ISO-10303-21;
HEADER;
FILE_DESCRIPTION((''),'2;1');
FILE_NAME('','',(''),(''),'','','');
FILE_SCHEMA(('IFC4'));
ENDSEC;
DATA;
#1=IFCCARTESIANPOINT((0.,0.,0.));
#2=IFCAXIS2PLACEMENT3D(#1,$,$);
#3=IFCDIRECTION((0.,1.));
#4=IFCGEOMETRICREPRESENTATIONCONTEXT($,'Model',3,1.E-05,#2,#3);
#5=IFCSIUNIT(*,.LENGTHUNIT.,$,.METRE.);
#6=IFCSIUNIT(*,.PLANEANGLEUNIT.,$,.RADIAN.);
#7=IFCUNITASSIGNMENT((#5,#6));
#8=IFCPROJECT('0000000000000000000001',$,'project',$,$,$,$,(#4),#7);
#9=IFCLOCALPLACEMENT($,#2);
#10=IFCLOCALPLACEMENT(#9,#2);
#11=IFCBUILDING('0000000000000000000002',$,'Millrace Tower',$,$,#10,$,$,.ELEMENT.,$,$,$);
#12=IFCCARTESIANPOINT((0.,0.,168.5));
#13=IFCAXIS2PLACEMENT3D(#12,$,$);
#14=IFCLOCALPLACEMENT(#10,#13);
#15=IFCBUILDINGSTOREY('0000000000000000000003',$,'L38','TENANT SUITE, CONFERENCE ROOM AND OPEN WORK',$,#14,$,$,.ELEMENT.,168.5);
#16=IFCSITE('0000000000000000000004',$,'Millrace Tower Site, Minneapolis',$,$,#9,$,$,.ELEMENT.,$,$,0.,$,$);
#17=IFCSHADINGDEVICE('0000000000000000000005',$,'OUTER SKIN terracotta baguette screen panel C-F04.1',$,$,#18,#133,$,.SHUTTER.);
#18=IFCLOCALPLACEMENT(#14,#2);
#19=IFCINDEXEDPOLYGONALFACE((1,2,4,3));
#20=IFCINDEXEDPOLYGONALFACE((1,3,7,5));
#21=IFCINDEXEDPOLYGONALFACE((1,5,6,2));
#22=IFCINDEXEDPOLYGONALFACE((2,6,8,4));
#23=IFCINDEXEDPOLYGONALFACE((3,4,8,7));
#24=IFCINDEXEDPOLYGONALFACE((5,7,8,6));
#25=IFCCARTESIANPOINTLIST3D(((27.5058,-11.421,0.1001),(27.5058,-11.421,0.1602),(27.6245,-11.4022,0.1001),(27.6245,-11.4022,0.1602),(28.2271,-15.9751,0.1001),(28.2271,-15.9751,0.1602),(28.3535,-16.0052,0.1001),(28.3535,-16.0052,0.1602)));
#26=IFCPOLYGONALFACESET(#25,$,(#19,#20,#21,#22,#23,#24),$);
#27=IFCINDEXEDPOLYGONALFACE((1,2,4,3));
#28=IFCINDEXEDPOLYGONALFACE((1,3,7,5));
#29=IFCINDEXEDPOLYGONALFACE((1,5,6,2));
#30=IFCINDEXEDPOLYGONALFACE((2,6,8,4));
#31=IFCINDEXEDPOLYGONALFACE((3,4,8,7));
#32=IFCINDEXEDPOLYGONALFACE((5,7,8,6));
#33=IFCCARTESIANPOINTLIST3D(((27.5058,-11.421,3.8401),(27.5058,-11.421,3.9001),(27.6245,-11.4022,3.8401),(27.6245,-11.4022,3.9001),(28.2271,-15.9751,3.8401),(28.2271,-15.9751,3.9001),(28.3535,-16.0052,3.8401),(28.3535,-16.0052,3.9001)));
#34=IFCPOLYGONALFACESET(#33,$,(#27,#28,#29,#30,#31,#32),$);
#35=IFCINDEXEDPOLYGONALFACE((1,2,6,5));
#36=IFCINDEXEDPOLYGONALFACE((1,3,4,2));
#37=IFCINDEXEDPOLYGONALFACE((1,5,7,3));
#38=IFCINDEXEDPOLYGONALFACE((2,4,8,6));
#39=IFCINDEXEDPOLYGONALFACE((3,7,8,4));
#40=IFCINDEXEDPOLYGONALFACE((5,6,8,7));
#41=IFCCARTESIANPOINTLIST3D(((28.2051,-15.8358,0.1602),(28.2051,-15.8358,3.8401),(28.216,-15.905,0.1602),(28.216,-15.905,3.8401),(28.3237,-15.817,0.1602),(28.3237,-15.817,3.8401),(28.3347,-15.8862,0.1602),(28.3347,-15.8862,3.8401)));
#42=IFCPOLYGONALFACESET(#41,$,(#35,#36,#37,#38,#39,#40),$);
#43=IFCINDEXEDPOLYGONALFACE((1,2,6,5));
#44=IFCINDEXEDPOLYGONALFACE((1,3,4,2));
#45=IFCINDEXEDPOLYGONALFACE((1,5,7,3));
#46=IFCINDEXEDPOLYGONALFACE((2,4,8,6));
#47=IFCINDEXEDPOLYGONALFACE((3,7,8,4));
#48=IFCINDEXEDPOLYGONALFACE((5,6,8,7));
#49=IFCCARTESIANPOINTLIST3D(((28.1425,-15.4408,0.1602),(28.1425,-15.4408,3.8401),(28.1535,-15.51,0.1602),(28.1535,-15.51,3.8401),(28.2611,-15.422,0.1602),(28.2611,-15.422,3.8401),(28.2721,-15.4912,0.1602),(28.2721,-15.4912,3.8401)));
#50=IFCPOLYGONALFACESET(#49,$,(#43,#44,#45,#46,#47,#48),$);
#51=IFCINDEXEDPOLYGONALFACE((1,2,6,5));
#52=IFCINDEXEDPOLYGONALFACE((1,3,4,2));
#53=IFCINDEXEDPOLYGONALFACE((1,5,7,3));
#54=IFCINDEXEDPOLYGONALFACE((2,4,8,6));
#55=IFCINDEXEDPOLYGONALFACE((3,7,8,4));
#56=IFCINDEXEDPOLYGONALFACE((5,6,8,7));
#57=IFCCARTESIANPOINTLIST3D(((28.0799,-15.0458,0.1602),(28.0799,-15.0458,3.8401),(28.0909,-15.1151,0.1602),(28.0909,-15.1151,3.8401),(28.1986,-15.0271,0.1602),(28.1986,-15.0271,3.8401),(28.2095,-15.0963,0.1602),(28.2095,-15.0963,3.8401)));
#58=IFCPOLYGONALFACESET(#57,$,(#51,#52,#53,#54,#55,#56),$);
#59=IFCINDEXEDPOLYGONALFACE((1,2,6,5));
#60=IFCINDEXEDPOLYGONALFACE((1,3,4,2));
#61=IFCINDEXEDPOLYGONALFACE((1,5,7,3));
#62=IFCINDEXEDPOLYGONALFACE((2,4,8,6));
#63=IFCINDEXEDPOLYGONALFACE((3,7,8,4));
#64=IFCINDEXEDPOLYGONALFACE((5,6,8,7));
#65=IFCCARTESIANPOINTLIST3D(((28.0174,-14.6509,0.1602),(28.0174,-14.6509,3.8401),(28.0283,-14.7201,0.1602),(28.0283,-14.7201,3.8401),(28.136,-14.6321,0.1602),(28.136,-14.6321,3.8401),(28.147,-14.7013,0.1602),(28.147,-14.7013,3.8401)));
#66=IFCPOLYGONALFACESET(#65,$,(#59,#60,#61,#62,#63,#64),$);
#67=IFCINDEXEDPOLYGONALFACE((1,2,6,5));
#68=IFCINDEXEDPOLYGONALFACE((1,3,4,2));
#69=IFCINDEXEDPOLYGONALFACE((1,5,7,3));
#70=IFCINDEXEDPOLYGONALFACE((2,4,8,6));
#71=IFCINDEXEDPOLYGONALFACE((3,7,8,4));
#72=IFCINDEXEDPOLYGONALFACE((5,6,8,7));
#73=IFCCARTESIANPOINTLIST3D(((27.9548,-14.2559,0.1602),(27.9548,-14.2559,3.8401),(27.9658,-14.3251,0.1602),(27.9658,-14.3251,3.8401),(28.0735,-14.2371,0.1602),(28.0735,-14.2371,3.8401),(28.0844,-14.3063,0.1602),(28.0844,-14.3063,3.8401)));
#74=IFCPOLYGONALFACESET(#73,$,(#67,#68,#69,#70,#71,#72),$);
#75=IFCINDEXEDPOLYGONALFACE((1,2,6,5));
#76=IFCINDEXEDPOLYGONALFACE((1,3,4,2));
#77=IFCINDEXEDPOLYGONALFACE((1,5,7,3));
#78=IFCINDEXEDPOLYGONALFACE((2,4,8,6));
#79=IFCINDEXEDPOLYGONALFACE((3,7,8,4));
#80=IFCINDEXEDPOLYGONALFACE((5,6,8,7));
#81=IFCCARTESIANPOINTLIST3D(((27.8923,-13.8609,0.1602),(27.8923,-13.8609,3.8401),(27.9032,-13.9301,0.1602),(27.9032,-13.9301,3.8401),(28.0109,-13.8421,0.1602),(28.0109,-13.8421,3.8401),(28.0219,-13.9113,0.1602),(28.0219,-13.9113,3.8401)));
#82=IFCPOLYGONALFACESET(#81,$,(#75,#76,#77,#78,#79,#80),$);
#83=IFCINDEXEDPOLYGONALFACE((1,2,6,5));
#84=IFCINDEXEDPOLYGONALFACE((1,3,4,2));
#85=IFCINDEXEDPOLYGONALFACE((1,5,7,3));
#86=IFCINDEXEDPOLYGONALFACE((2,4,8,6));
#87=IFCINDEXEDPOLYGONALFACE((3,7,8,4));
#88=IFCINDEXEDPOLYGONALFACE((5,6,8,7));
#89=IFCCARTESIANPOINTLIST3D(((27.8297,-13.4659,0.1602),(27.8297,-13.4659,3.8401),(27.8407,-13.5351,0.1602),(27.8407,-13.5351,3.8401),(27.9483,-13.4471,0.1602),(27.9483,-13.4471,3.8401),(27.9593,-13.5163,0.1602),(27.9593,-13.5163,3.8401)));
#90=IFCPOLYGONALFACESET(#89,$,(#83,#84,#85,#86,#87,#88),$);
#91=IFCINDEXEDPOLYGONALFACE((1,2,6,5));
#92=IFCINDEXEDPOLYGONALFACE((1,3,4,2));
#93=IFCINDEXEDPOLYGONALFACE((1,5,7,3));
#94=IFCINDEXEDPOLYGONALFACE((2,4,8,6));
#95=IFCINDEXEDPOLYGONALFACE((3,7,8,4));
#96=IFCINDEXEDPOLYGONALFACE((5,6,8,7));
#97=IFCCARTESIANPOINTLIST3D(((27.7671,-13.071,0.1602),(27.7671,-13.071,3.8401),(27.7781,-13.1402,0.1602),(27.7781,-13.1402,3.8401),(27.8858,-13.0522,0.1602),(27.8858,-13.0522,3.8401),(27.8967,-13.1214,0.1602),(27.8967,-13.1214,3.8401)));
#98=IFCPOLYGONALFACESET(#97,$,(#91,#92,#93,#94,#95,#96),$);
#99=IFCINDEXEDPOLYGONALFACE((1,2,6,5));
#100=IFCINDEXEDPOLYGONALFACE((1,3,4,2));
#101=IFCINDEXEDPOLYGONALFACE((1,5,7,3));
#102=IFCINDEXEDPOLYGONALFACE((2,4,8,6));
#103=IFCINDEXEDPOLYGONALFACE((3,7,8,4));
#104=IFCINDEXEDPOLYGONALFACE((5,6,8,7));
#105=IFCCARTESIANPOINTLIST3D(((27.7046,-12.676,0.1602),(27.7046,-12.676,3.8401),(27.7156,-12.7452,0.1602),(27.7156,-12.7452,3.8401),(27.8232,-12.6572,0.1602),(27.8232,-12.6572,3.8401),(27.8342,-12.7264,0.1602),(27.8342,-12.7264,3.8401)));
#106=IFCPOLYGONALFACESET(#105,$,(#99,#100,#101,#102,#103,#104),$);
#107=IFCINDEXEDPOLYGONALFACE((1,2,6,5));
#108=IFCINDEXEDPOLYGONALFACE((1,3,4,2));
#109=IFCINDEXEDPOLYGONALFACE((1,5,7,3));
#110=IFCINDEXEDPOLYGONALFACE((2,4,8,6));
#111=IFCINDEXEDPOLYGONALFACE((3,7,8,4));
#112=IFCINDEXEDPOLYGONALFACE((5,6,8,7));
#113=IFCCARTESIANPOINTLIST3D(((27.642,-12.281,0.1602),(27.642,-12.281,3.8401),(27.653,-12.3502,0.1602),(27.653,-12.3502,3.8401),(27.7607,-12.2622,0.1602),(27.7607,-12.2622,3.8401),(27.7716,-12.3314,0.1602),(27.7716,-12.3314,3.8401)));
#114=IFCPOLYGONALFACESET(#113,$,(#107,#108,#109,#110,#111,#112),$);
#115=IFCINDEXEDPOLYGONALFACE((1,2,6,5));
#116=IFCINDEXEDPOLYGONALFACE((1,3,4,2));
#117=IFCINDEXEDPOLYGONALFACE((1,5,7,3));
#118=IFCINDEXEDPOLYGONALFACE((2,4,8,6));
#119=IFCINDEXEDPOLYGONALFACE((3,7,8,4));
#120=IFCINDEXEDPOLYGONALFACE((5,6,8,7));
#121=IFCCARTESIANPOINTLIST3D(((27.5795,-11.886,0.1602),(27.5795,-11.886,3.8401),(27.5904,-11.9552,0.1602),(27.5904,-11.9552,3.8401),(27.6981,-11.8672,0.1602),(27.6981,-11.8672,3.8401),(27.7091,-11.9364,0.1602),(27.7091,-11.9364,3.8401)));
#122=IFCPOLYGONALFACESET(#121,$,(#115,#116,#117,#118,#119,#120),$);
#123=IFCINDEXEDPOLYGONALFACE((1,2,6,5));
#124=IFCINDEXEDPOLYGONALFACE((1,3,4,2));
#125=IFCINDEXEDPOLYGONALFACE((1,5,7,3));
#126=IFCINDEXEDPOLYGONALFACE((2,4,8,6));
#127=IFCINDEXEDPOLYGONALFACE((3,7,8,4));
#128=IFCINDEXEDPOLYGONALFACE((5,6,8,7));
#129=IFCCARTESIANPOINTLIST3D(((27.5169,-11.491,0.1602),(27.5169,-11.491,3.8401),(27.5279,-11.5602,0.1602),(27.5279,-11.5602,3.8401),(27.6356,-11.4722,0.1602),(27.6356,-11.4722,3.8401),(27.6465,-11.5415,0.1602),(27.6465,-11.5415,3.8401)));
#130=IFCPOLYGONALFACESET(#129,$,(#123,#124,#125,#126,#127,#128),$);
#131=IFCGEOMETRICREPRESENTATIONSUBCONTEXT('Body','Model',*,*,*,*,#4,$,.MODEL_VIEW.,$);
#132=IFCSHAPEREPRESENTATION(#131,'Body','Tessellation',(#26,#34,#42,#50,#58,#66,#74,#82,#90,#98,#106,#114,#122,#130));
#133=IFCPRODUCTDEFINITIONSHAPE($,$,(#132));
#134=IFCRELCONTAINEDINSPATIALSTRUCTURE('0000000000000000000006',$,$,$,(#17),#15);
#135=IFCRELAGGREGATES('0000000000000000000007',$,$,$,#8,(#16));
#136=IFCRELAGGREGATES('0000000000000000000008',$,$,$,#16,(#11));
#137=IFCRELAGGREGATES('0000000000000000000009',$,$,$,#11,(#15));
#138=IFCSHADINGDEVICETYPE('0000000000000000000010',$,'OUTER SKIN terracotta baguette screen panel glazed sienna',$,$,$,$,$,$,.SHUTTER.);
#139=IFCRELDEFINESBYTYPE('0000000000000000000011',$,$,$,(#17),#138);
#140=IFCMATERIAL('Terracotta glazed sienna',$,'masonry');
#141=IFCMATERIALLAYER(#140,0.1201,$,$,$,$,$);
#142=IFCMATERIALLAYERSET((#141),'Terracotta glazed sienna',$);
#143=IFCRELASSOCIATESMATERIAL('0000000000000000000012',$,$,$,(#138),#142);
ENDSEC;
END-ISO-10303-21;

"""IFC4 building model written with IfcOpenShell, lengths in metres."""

from ifc_helpers import new_model, entity, si_unit, direction, frame, frame_2d, origin, place, context, subcontext, project, spatial, rectangle, extrude, source, transform, mapped, material, layer, layer_set, type_object, element, save


model = new_model("IFC4")

# Units and contexts
model_context = context("Model", 3, precision=1e-05, world=origin(), true_north=direction((0.0, 1.0)))
body_context = subcontext(model_context, "Body", "Model", "MODEL_VIEW")
ifc_project = project(units=[si_unit("LENGTHUNIT", "METRE"), si_unit("PLANEANGLEUNIT", "RADIAN")], contexts=[model_context])

# Site, building, storey
site_placement = place(None, origin())
site = spatial("IfcSite", under=ifc_project, at=site_placement, Name="Millrace Tower Site, Minneapolis", CompositionType="ELEMENT", RefElevation=0.0)
building_placement = place(site_placement, origin())
building = spatial("IfcBuilding", under=site, at=building_placement, Name="Millrace Tower", CompositionType="ELEMENT")
storey_placement = place(building_placement, frame((0.0, 0.0, 168.5)))
storey = spatial("IfcBuildingStorey", under=building, at=storey_placement, Name="L38", Description="TENANT SUITE, CONFERENCE ROOM AND OPEN WORK", CompositionType="ELEMENT", Elevation=168.5)

# Shading device
ifc_material_1 = material(Name="Terracotta glazed sienna", Category="masonry")
ifc_layer_1 = layer(ifc_material_1, 0.1201)
ifc_layer_set_1 = layer_set([ifc_layer_1], Name="Terracotta glazed sienna")
shading_device_type = type_object("IfcShadingDeviceType", Name="OUTER SKIN terracotta baguette screen panel glazed sienna", PredefinedType="SHUTTER", material=ifc_layer_set_1)
cartesian_point_1 = entity("IfcCartesianPoint", [-2.293, 0.0601])
shared_polyline_1 = entity("IfcPolyline", [cartesian_point_1, entity("IfcCartesianPoint", [2.3179, 0.0601]), entity("IfcCartesianPoint", [2.3179, -0.0601]), entity("IfcCartesianPoint", [-2.3425, -0.0601]), cartesian_point_1])
shared_shape_1 = source(origin(), body_context, "Body", "SweptSolid", [
    entity("IfcExtrudedAreaSolid", entity("IfcArbitraryClosedProfileDef", "AREA", None, shared_polyline_1), entity("IfcAxis2Placement3D", entity("IfcCartesianPoint", [0.0, 0.0, 0.0])), entity("IfcDirection", [0.0, 0.0, 1.0]), 0.0601),
    entity("IfcExtrudedAreaSolid", entity("IfcArbitraryClosedProfileDef", "AREA", None, shared_polyline_1), entity("IfcAxis2Placement3D", entity("IfcCartesianPoint", [0.0, 0.0, 3.74])), entity("IfcDirection", [0.0, 0.0, 1.0]), 0.0601),
    extrude(rectangle(XDim=0.0701, YDim=0.1201, at=frame_2d((-2.187, 0.0))), frame((0.0, 0.0, 0.0601)), (0.0, 0.0, 1.0), 3.6799),
    extrude(rectangle(XDim=0.0701, YDim=0.1201, at=frame_2d((-1.7871, 0.0))), frame((0.0, 0.0, 0.0601)), (0.0, 0.0, 1.0), 3.6799),
    extrude(rectangle(XDim=0.0701, YDim=0.1201, at=frame_2d((-1.3872, 0.0))), frame((0.0, 0.0, 0.0601)), (0.0, 0.0, 1.0), 3.6799),
    extrude(rectangle(XDim=0.0701, YDim=0.1201, at=frame_2d((-0.9873, 0.0))), frame((0.0, 0.0, 0.0601)), (0.0, 0.0, 1.0), 3.6799),
    extrude(rectangle(XDim=0.0701, YDim=0.1201, at=frame_2d((-0.5874, 0.0))), frame((0.0, 0.0, 0.0601)), (0.0, 0.0, 1.0), 3.6799),
    extrude(rectangle(XDim=0.0701, YDim=0.1201, at=frame_2d((-0.1875, 0.0))), frame((0.0, 0.0, 0.0601)), (0.0, 0.0, 1.0), 3.6799),
    extrude(rectangle(XDim=0.0701, YDim=0.1201, at=frame_2d((0.2124, 0.0))), frame((0.0, 0.0, 0.0601)), (0.0, 0.0, 1.0), 3.6799),
    extrude(rectangle(XDim=0.0701, YDim=0.1201, at=frame_2d((0.6123, 0.0))), frame((0.0, 0.0, 0.0601)), (0.0, 0.0, 1.0), 3.6799),
    extrude(rectangle(XDim=0.0701, YDim=0.1201, at=frame_2d((1.0122, 0.0))), frame((0.0, 0.0, 0.0601)), (0.0, 0.0, 1.0), 3.6799),
    extrude(rectangle(XDim=0.0701, YDim=0.1201, at=frame_2d((1.4121, 0.0))), frame((0.0, 0.0, 0.0601)), (0.0, 0.0, 1.0), 3.6799),
    extrude(rectangle(XDim=0.0701, YDim=0.1201, at=frame_2d((1.812, 0.0))), frame((0.0, 0.0, 0.0601)), (0.0, 0.0, 1.0), 3.6799),
    extrude(rectangle(XDim=0.0701, YDim=0.1201, at=frame_2d((2.2119, 0.0))), frame((0.0, 0.0, 0.0601)), (0.0, 0.0, 1.0), 3.6799),
])
shading_device_placement = place(storey_placement, frame((27.9277, -13.7009, 0.1001), z_axis=(0.0, 0.0, 1.0), x_axis=(-0.156434, 0.987688, 0.0)))
element("IfcShadingDevice", 1, at=shading_device_placement, inside=storey, type_object=shading_device_type, Name="OUTER SKIN terracotta baguette screen panel C-F04.1", PredefinedType="SHUTTER", context=body_context, shape_type="MappedRepresentation", body=[
    mapped(shared_shape_1, transform((0.0, 0.0, 0.0), scale=1.0)),
])

save(model, "model.ifc")
